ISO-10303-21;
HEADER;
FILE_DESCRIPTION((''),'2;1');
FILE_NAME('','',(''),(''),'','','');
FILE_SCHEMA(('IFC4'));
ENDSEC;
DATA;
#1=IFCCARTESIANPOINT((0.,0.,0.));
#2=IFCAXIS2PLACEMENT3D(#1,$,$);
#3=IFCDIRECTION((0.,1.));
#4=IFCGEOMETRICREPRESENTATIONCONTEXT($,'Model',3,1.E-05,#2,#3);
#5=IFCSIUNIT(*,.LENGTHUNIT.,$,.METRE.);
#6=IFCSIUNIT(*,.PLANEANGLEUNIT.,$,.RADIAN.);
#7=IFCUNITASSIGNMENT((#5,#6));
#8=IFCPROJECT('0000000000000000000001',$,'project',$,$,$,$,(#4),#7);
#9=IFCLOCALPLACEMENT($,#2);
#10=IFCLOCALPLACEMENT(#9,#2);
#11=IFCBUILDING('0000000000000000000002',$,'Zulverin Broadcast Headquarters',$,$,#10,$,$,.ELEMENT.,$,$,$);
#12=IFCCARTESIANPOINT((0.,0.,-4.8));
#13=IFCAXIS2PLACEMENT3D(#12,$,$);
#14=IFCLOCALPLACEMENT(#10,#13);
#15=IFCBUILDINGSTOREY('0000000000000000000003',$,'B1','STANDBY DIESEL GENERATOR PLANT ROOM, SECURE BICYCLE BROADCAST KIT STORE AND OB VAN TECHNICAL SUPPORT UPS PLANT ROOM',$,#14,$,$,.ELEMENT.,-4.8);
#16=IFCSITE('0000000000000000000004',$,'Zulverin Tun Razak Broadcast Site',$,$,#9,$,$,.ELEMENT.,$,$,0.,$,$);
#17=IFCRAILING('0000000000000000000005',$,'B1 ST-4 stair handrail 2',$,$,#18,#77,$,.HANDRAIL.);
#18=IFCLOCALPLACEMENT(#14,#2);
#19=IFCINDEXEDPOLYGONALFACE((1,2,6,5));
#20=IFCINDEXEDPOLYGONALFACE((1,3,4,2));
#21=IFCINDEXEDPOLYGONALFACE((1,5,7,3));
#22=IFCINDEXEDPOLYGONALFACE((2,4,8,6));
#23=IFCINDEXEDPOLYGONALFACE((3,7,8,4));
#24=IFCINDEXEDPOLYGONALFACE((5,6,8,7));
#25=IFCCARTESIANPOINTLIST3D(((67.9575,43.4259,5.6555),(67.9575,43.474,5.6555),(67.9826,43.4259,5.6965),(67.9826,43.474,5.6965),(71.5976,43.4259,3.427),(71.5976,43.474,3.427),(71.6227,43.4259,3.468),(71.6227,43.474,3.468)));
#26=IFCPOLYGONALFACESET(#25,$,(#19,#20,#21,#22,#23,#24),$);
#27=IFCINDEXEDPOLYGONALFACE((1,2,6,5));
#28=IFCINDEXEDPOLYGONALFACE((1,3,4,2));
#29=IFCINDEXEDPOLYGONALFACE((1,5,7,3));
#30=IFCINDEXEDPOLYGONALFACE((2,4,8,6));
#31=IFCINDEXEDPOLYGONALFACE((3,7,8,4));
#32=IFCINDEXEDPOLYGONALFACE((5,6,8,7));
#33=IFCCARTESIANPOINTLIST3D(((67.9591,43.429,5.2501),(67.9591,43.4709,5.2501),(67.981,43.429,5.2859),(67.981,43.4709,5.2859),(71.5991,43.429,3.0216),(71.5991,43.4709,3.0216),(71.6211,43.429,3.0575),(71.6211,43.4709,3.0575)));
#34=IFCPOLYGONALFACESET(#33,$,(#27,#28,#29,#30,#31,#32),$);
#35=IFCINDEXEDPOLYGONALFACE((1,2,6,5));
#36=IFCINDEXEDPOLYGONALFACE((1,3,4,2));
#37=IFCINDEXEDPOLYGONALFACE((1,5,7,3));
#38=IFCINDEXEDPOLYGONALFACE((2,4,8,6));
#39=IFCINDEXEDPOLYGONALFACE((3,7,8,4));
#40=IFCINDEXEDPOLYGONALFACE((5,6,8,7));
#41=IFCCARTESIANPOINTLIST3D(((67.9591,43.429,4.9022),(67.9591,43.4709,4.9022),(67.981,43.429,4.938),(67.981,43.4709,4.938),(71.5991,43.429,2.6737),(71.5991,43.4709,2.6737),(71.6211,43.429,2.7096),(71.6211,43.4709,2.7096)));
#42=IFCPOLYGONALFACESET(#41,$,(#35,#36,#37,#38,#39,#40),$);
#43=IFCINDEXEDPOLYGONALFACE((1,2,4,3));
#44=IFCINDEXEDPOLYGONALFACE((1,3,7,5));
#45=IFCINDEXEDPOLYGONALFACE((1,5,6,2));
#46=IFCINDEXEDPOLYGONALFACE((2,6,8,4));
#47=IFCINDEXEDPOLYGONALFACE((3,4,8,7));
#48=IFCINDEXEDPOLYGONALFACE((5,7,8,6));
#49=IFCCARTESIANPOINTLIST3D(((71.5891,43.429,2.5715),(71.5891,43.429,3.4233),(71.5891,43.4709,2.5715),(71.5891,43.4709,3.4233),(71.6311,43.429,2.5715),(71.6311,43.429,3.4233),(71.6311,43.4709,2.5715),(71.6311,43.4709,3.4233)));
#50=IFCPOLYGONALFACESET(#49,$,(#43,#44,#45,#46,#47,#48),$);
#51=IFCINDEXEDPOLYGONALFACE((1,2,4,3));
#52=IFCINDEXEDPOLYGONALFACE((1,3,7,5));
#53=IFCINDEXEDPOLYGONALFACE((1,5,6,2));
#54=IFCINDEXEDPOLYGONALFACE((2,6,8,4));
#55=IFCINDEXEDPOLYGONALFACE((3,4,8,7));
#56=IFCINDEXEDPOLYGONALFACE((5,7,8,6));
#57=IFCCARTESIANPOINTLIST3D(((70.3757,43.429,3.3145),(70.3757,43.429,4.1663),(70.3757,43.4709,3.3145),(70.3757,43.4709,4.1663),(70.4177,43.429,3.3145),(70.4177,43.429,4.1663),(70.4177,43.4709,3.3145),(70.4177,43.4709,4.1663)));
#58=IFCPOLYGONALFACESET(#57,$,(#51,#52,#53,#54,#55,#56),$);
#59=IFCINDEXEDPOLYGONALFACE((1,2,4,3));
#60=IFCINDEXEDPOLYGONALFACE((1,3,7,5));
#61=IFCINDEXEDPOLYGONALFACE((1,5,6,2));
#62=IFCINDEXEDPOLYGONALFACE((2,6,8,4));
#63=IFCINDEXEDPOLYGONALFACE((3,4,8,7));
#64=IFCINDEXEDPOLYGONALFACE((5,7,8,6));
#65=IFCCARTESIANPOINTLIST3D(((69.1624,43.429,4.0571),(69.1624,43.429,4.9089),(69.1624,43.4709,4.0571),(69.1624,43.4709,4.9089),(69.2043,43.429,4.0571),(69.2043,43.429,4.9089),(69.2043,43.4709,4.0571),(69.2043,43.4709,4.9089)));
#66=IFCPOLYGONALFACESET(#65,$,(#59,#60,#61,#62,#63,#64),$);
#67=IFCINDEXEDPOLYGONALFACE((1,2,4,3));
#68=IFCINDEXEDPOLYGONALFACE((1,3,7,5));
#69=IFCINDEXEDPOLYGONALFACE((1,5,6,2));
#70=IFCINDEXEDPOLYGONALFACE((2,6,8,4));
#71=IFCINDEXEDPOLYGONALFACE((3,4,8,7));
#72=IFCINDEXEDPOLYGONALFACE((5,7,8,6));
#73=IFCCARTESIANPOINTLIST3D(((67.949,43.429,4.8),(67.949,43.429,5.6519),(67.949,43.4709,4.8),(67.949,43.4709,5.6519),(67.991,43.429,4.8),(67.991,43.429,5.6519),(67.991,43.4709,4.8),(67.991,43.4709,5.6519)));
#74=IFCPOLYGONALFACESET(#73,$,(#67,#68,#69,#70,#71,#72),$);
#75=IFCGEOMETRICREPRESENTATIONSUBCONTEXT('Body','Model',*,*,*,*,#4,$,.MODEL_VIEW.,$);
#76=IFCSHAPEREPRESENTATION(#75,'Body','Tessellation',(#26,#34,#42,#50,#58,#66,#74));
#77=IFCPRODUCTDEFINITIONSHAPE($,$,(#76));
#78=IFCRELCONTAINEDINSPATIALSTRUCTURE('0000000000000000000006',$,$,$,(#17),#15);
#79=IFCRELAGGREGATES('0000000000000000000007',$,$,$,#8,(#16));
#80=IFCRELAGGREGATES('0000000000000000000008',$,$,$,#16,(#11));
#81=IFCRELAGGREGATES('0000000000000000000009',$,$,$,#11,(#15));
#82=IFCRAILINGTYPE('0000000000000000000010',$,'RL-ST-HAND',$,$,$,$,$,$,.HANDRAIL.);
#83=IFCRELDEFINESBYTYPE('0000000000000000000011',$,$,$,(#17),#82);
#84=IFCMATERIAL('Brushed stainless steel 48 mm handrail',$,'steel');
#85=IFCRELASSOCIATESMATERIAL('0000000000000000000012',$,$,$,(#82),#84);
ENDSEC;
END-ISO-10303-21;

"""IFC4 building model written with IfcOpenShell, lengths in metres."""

from ifc_helpers import new_model, si_unit, direction, frame, origin, origin_2d, place, context, subcontext, project, spatial, rectangle, extrude, material, type_object, element, save


model = new_model("IFC4")

# Units and contexts
model_context = context("Model", 3, precision=1e-05, world=origin(), true_north=direction((0.0, 1.0)))
body_context = subcontext(model_context, "Body", "Model", "MODEL_VIEW")
ifc_project = project(units=[si_unit("LENGTHUNIT", "METRE"), si_unit("PLANEANGLEUNIT", "RADIAN")], contexts=[model_context])

# Site, building, storey
site_placement = place(None, origin())
site = spatial("IfcSite", under=ifc_project, at=site_placement, Name="Zulverin Tun Razak Broadcast Site", CompositionType="ELEMENT", RefElevation=0.0)
building_placement = place(site_placement, origin())
building = spatial("IfcBuilding", under=site, at=building_placement, Name="Zulverin Broadcast Headquarters", CompositionType="ELEMENT")
storey_placement = place(building_placement, frame((0.0, 0.0, -4.8)))
storey = spatial("IfcBuildingStorey", under=building, at=storey_placement, Name="B1", Description="STANDBY DIESEL GENERATOR PLANT ROOM, SECURE BICYCLE BROADCAST KIT STORE AND OB VAN TECHNICAL SUPPORT UPS PLANT ROOM", CompositionType="ELEMENT", Elevation=-4.8)

# Railing
ifc_material_1 = material(Name="Brushed stainless steel 48 mm handrail", Category="steel")
railing_type_1 = type_object("IfcRailingType", Name="RL-ST-HAND", PredefinedType="HANDRAIL", material=ifc_material_1)
railing_1_placement = place(storey_placement, frame((71.6101, 43.45, 2.5715)))
element("IfcRailing", 1, at=railing_1_placement, inside=storey, type_object=railing_type_1, Name="B1 ST-4 stair handrail 2", PredefinedType="HANDRAIL", context=body_context, shape_type="SweptSolid", body=[
    extrude(rectangle(XDim=0.0481, YDim=0.0481, at=origin_2d()), frame((0.0, 0.0, 0.876), z_axis=(-0.852866, 0.0, 0.52213), x_axis=(0.0, -1.0, 0.0)), (0.0, 0.0, 1.0), 4.2681),
    extrude(rectangle(XDim=0.042, YDim=0.042, at=origin_2d()), frame((0.0, 0.0, 0.468), z_axis=(-0.852866, 0.0, 0.52213), x_axis=(0.0, -1.0, 0.0)), (0.0, 0.0, 1.0), 4.2681),
    extrude(rectangle(XDim=0.042, YDim=0.042, at=origin_2d()), frame((0.0, 0.0, 0.1201), z_axis=(-0.852866, 0.0, 0.52213), x_axis=(0.0, -1.0, 0.0)), (0.0, 0.0, 1.0), 4.2681),
    extrude(rectangle(XDim=0.042, YDim=0.042, at=origin_2d()), origin(), (0.0, 0.0, 1.0), 0.8518),
    extrude(rectangle(XDim=0.042, YDim=0.042, at=origin_2d()), frame((-1.2134, 0.0, 0.7429)), (0.0, 0.0, 1.0), 0.8518),
    extrude(rectangle(XDim=0.042, YDim=0.042, at=origin_2d()), frame((-2.4268, 0.0, 1.4856)), (0.0, 0.0, 1.0), 0.8518),
    extrude(rectangle(XDim=0.042, YDim=0.042, at=origin_2d()), frame((-3.6401, 0.0, 2.2285)), (0.0, 0.0, 1.0), 0.8518),
])

save(model, "model.ifc")
